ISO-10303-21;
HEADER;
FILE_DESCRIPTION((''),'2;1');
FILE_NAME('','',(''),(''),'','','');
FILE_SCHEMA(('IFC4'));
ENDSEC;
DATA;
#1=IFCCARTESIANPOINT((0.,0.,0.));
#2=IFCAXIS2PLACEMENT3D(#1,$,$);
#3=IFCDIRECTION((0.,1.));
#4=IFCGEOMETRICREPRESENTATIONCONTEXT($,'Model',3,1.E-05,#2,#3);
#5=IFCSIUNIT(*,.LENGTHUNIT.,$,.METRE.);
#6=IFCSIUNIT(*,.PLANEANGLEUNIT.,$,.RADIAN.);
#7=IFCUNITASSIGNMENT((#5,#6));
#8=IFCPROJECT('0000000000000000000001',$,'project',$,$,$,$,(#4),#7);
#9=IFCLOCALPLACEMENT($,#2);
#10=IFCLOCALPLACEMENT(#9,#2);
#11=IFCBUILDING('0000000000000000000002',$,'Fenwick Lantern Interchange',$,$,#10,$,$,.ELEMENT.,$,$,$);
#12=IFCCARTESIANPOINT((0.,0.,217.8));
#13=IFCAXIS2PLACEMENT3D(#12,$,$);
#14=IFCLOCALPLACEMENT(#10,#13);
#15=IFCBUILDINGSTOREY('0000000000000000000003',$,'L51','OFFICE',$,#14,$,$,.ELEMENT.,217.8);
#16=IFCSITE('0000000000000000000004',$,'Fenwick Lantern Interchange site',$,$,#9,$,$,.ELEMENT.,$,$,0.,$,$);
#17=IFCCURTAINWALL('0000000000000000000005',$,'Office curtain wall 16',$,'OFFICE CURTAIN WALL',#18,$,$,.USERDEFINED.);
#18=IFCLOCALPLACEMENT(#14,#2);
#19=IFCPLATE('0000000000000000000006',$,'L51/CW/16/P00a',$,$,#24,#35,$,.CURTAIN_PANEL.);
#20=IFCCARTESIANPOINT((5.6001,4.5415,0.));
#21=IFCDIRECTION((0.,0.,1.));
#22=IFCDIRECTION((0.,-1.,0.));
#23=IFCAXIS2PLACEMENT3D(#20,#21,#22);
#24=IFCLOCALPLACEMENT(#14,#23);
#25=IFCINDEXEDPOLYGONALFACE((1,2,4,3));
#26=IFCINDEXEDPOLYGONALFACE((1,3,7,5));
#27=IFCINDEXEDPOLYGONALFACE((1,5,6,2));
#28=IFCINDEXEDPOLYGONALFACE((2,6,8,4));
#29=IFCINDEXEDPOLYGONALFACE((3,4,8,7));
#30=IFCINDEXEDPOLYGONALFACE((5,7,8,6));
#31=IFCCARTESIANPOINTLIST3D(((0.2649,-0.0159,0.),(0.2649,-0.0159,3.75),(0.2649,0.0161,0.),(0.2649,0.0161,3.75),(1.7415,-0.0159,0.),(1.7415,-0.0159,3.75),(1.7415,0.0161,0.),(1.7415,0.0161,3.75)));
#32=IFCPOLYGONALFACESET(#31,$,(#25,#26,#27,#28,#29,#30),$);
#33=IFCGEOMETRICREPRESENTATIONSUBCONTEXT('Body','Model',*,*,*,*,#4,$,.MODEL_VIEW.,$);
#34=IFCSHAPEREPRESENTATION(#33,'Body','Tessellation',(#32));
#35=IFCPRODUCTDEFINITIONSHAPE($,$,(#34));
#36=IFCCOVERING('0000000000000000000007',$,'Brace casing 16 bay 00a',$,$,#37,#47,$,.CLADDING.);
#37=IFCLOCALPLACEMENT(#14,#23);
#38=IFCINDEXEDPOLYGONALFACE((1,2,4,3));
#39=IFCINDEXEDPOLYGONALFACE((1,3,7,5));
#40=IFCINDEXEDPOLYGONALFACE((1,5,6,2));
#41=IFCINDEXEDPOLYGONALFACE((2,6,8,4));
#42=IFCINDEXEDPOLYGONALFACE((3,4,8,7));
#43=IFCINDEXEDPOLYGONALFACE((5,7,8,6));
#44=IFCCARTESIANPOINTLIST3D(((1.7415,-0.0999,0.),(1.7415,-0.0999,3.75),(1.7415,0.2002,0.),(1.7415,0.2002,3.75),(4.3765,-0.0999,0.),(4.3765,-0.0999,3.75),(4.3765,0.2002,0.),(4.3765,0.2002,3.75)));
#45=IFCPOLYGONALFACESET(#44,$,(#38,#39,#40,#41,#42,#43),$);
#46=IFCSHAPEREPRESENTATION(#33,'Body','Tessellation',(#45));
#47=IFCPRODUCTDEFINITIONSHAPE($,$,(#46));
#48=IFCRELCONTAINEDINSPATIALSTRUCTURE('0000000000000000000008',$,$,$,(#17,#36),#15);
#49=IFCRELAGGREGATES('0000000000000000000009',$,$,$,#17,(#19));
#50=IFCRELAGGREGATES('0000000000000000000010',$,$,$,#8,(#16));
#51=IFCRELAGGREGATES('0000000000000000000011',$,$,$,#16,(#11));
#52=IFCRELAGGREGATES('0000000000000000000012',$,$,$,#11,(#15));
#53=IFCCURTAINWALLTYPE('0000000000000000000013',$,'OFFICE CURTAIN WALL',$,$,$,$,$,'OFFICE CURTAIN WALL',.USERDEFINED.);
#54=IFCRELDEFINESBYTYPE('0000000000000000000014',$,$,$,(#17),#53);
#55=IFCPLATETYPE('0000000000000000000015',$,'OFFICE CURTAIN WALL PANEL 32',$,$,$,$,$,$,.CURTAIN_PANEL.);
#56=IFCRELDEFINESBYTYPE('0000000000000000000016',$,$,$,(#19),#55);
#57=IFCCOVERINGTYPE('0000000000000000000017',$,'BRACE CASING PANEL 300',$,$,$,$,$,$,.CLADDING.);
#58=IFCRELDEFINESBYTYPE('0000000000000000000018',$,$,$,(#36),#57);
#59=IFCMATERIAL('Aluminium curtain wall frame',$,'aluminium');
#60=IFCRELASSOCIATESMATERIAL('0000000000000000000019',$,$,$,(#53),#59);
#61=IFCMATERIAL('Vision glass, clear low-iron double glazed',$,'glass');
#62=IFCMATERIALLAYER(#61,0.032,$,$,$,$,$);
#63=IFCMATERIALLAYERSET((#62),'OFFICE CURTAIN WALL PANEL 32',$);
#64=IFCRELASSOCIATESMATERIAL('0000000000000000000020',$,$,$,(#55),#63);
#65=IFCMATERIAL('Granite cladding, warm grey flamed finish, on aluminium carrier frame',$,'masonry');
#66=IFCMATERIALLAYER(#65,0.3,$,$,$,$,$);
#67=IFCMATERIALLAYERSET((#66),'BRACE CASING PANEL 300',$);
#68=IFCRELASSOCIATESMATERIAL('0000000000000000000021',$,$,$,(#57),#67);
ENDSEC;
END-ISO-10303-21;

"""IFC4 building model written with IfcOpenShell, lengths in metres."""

from ifc_helpers import new_model, si_unit, direction, frame, origin, place, context, subcontext, project, spatial, polyline, outline, extrude, material, layer, layer_set, type_object, element, aggregate, save


model = new_model("IFC4")

# Units and contexts
model_context = context("Model", 3, precision=1e-05, world=origin(), true_north=direction((0.0, 1.0)))
body_context = subcontext(model_context, "Body", "Model", "MODEL_VIEW")
ifc_project = project(units=[si_unit("LENGTHUNIT", "METRE"), si_unit("PLANEANGLEUNIT", "RADIAN")], contexts=[model_context])

# Site, building, storey
site_placement = place(None, origin())
site = spatial("IfcSite", under=ifc_project, at=site_placement, Name="Fenwick Lantern Interchange site", CompositionType="ELEMENT", RefElevation=0.0)
building_placement = place(site_placement, origin())
building = spatial("IfcBuilding", under=site, at=building_placement, Name="Fenwick Lantern Interchange", CompositionType="ELEMENT")
storey_placement = place(building_placement, frame((0.0, 0.0, 217.8)))
storey = spatial("IfcBuildingStorey", under=building, at=storey_placement, Name="L51", Description="OFFICE", CompositionType="ELEMENT", Elevation=217.8)

# Shared definitions
ifc_material_1 = material(Name="Aluminium curtain wall frame", Category="aluminium")
curtain_wall_type = type_object("IfcCurtainWallType", Name="OFFICE CURTAIN WALL", ElementType="OFFICE CURTAIN WALL", PredefinedType="USERDEFINED", material=ifc_material_1)

# Curtain wall
curtain_wall_1_placement = place(storey_placement, origin())
curtain_wall_1 = element("IfcCurtainWall", 1, at=curtain_wall_1_placement, inside=storey, type_object=curtain_wall_type, Name="Office curtain wall 16", ObjectType="OFFICE CURTAIN WALL", PredefinedType="USERDEFINED")

# Plate
ifc_material_2 = material(Name="Vision glass, clear low-iron double glazed", Category="glass")
ifc_layer_1 = layer(ifc_material_2, 0.032)
ifc_layer_set_1 = layer_set([ifc_layer_1], Name="OFFICE CURTAIN WALL PANEL 32")
plate_type = type_object("IfcPlateType", Name="OFFICE CURTAIN WALL PANEL 32", PredefinedType="CURTAIN_PANEL", material=ifc_layer_set_1)
plate_placement = place(storey_placement, frame((5.6001, 4.5415, 0.0), z_axis=(0.0, 0.0, 1.0), x_axis=(0.0, -1.0, 0.0)))
plate = element("IfcPlate", 2, at=plate_placement, type_object=plate_type, Name="L51/CW/16/P00a", PredefinedType="CURTAIN_PANEL", context=body_context, shape_type="SweptSolid", body=[
    extrude(outline(polyline([(0.2649, 0.0), (1.7415, 0.0), (1.7415, 3.75), (0.2649, 3.75), (0.2649, 0.0)])), frame((0.0, 0.0161, 0.0), z_axis=(0.0, -1.0, 0.0), x_axis=(1.0, 0.0, 0.0)), (0.0, 0.0, 1.0), 0.032),
])
aggregate(curtain_wall_1, [plate])

# Covering
ifc_material_3 = material(Name="Granite cladding, warm grey flamed finish, on aluminium carrier frame", Category="masonry")
ifc_layer_2 = layer(ifc_material_3, 0.3)
ifc_layer_set_2 = layer_set([ifc_layer_2], Name="BRACE CASING PANEL 300")
covering_type = type_object("IfcCoveringType", Name="BRACE CASING PANEL 300", PredefinedType="CLADDING", material=ifc_layer_set_2)
covering_placement = place(storey_placement, frame((5.6001, 4.5415, 0.0), z_axis=(0.0, 0.0, 1.0), x_axis=(0.0, -1.0, 0.0)))
element("IfcCovering", 3, at=covering_placement, inside=storey, type_object=covering_type, Name="Brace casing 16 bay 00a", PredefinedType="CLADDING", context=body_context, shape_type="SweptSolid", body=[
    extrude(outline(polyline([(1.7415, 0.0), (4.3765, 0.0), (4.3765, 3.75), (1.7415, 3.75), (1.7415, 0.0)])), frame((0.0, 0.2002, 0.0), z_axis=(0.0, -1.0, 0.0), x_axis=(1.0, 0.0, 0.0)), (0.0, 0.0, 1.0), 0.3),
])

save(model, "model.ifc")
